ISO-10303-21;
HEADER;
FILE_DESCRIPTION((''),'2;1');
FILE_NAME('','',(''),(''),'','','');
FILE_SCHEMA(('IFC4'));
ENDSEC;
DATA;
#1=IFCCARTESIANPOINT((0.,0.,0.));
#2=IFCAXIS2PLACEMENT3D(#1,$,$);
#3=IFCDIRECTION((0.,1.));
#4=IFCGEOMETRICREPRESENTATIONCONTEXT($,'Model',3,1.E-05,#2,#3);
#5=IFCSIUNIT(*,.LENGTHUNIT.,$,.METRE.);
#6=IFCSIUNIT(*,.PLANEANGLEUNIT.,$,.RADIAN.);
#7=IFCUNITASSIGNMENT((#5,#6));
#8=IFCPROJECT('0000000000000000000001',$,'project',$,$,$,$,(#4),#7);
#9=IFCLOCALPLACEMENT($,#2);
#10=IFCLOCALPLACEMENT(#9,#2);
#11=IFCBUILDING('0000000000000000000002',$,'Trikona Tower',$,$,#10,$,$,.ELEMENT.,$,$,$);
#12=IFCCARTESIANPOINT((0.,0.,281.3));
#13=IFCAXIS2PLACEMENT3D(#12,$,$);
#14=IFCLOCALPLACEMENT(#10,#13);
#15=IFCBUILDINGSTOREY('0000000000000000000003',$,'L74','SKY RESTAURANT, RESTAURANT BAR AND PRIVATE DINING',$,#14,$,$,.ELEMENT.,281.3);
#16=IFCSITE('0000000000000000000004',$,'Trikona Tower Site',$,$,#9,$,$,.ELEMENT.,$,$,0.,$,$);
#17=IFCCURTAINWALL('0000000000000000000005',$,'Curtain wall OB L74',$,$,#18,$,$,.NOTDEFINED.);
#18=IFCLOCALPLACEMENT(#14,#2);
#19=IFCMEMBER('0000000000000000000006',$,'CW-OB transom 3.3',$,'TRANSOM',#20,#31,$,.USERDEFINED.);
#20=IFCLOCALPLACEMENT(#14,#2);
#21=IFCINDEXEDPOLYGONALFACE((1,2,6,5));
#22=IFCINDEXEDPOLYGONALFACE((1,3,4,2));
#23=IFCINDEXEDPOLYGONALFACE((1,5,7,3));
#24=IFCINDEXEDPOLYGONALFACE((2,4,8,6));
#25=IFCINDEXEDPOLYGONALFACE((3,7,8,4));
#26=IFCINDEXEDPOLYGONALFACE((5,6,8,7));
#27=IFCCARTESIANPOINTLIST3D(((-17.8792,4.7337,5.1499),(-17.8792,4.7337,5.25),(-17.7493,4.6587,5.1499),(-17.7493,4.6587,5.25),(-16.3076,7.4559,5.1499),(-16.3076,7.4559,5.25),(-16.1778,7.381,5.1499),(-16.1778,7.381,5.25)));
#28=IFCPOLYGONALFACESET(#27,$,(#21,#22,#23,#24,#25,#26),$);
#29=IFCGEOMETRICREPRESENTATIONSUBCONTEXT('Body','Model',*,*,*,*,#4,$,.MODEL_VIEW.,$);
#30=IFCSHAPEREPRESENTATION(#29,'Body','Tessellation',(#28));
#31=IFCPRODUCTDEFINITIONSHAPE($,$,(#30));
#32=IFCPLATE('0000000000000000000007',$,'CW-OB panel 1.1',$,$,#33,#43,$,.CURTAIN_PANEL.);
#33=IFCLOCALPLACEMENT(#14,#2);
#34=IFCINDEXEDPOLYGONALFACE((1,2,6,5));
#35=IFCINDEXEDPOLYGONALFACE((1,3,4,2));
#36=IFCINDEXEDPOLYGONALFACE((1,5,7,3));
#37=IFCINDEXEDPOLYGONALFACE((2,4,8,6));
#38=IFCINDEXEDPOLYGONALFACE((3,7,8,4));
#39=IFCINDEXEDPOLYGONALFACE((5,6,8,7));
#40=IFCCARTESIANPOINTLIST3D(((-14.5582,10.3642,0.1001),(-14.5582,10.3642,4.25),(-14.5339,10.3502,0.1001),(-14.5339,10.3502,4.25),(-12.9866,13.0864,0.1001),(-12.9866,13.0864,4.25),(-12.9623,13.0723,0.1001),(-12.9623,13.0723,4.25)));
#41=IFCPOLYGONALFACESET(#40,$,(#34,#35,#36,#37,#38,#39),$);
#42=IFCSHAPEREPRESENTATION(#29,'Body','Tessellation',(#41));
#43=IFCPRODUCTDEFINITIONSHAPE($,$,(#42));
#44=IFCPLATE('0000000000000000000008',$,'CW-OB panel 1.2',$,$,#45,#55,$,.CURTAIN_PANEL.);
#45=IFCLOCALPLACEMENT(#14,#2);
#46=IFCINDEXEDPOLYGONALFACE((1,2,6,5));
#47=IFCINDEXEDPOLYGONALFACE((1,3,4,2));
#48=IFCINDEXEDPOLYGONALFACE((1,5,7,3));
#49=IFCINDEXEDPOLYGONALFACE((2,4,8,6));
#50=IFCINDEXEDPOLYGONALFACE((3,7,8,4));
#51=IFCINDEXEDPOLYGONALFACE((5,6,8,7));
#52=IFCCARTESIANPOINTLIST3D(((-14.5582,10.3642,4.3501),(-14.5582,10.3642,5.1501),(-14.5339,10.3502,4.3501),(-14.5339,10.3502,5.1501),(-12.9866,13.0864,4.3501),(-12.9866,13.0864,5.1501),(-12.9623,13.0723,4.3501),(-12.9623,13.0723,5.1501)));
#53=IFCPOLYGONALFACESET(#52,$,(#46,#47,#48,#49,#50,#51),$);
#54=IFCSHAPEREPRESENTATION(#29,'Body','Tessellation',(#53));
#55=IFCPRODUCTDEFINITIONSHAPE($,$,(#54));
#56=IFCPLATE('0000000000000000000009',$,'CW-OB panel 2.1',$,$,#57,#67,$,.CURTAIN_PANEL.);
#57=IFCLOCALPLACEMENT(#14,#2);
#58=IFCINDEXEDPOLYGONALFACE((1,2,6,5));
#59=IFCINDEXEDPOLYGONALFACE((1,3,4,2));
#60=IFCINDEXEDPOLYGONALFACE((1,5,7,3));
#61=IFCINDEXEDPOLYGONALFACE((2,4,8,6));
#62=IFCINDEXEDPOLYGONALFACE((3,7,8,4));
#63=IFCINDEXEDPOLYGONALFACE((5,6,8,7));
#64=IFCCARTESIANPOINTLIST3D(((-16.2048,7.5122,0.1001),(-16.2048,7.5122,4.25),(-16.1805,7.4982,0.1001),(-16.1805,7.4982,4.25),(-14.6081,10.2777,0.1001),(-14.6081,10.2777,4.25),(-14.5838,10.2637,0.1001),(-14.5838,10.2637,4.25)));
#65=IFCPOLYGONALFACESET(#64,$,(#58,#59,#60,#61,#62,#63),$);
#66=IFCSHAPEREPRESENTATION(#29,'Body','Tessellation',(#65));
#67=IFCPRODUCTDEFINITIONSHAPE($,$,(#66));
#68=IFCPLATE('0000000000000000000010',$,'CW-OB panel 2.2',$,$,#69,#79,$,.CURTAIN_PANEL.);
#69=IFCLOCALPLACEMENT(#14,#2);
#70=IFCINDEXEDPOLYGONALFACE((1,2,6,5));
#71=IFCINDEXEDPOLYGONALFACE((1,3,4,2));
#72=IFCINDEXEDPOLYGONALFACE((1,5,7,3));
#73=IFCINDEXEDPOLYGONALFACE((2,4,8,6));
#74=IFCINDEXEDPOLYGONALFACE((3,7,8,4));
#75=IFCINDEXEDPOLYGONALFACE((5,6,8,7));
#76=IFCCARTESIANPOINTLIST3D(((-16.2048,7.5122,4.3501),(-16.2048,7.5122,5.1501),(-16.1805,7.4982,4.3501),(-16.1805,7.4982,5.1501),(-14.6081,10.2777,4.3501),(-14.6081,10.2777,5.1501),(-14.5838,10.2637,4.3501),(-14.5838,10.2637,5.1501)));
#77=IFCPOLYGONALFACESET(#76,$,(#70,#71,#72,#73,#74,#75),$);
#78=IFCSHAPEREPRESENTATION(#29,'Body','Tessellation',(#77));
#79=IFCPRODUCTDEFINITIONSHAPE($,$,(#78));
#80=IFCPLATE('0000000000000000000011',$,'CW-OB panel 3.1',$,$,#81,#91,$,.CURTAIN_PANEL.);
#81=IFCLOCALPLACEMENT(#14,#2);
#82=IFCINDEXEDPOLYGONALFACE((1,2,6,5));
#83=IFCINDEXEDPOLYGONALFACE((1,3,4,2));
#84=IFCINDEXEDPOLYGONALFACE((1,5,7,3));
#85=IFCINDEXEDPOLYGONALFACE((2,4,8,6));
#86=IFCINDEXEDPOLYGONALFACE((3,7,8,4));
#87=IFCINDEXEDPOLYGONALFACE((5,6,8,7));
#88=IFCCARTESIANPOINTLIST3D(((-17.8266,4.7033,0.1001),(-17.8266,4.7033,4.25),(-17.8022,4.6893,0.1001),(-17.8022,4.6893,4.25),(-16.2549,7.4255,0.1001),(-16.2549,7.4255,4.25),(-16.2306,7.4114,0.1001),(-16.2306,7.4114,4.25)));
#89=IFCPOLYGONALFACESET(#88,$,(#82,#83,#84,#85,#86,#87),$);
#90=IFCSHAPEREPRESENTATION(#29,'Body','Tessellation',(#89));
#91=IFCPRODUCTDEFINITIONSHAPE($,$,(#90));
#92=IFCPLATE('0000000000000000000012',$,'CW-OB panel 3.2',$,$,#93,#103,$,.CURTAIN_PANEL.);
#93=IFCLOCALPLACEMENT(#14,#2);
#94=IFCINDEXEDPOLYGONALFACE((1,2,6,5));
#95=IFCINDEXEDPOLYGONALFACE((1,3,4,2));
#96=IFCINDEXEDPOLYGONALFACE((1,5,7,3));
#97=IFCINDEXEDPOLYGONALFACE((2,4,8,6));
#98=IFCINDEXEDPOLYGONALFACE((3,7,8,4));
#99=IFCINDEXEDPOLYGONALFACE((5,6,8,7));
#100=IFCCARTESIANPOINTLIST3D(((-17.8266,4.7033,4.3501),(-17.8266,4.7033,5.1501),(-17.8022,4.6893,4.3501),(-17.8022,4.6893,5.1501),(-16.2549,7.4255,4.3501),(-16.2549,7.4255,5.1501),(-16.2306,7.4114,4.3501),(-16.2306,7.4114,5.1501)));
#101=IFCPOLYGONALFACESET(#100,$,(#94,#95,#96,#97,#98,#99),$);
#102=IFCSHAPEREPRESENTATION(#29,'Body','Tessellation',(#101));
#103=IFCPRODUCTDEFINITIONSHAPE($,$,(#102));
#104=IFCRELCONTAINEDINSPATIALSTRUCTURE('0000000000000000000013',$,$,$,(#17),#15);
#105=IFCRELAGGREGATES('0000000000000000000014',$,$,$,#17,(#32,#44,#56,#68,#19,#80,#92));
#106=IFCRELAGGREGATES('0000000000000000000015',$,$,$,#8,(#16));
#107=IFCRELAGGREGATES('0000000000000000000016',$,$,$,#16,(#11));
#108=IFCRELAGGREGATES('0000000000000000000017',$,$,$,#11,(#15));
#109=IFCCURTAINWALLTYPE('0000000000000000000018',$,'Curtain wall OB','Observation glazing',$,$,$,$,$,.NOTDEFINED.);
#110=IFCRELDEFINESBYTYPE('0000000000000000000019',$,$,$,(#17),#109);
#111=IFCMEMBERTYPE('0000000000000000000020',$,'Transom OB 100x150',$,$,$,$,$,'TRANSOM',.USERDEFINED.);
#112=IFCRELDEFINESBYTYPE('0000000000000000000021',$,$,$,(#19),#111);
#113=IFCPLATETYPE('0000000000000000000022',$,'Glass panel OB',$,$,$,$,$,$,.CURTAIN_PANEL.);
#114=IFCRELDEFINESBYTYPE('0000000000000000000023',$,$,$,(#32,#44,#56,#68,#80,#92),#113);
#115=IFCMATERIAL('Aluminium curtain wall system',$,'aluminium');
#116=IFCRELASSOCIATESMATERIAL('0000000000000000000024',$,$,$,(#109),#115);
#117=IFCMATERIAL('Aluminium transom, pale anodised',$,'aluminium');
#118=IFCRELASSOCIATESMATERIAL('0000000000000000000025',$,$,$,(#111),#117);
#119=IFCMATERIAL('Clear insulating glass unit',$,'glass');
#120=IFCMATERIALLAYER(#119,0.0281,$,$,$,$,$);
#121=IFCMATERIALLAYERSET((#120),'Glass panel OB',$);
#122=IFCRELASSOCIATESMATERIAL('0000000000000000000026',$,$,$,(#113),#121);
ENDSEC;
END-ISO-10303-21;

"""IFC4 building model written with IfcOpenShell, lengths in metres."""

from ifc_helpers import new_model, si_unit, direction, frame, origin, origin_2d, place, context, subcontext, project, spatial, rectangle, extrude, material, layer, layer_set, material_profile, profile_set, type_object, element, aggregate, save


model = new_model("IFC4")

# Units and contexts
model_context = context("Model", 3, precision=1e-05, world=origin(), true_north=direction((0.0, 1.0)))
body_context = subcontext(model_context, "Body", "Model", "MODEL_VIEW")
ifc_project = project(units=[si_unit("LENGTHUNIT", "METRE"), si_unit("PLANEANGLEUNIT", "RADIAN")], contexts=[model_context])

# Site, building, storey
site_placement = place(None, origin())
site = spatial("IfcSite", under=ifc_project, at=site_placement, Name="Trikona Tower Site", CompositionType="ELEMENT", RefElevation=0.0)
building_placement = place(site_placement, origin())
building = spatial("IfcBuilding", under=site, at=building_placement, Name="Trikona Tower", CompositionType="ELEMENT")
storey_placement = place(building_placement, frame((0.0, 0.0, 281.3)))
storey = spatial("IfcBuildingStorey", under=building, at=storey_placement, Name="L74", Description="SKY RESTAURANT, RESTAURANT BAR AND PRIVATE DINING", CompositionType="ELEMENT", Elevation=281.3)

# Curtain wall
ifc_material_1 = material(Name="Aluminium curtain wall system", Category="aluminium")
curtain_wall_type = type_object("IfcCurtainWallType", Name="Curtain wall OB", Description="Observation glazing", PredefinedType="NOTDEFINED", material=ifc_material_1)
curtain_wall_placement = place(storey_placement, origin())
curtain_wall = element("IfcCurtainWall", 1, at=curtain_wall_placement, inside=storey, type_object=curtain_wall_type, Name="Curtain wall OB L74", PredefinedType="NOTDEFINED")

# Member
ifc_material_2 = material(Name="Aluminium transom, pale anodised", Category="aluminium")
ifc_material_profile_1 = material_profile(ifc_material_2, rectangle(XDim=0.1499, YDim=0.1001, at=origin_2d()), Name="TRN-OB")
ifc_profile_set_1 = profile_set([ifc_material_profile_1], Name="Aluminium transom, pale anodised")
member_type_1 = type_object("IfcMemberType", Name="Transom OB 100x150", ElementType="TRANSOM", PredefinedType="USERDEFINED", material=ifc_profile_set_1)
member_1_placement = place(storey_placement, frame((-16.2427, 7.4185, 5.2), z_axis=(-0.499973, -0.866041, 0.0), x_axis=(0.866041, -0.499973, 0.0)))
member_1 = element("IfcMember", 2, at=member_1_placement, type_object=member_type_1, Name="CW-OB transom 3.3", ObjectType="TRANSOM", PredefinedType="USERDEFINED", context=body_context, shape_type="SweptSolid", body=[
    extrude(rectangle(XDim=0.1499, YDim=0.1001, at=origin_2d()), origin(), (0.0, 0.0, 1.0), 3.1433),
])

# Plates
ifc_material_3 = material(Name="Clear insulating glass unit", Category="glass")
ifc_layer_1 = layer(ifc_material_3, 0.0281)
ifc_layer_set_1 = layer_set([ifc_layer_1], Name="Glass panel OB")
plate_type = type_object("IfcPlateType", Name="Glass panel OB", PredefinedType="CURTAIN_PANEL", material=ifc_layer_set_1)
plate_1_placement = place(storey_placement, frame((-13.7603, 11.7183, 0.1001), z_axis=(0.0, 0.0, 1.0), x_axis=(-0.500006, -0.866022, 0.0)))
plate_1 = element("IfcPlate", 3, at=plate_1_placement, type_object=plate_type, Name="CW-OB panel 1.1", PredefinedType="CURTAIN_PANEL", context=body_context, shape_type="SweptSolid", body=[
    extrude(rectangle(XDim=3.1433, YDim=0.0281, at=origin_2d()), origin(), (0.0, 0.0, 1.0), 4.1499),
])
plate_2_placement = place(storey_placement, frame((-13.7603, 11.7183, 4.3501), z_axis=(0.0, 0.0, 1.0), x_axis=(-0.500006, -0.866022, 0.0)))
plate_2 = element("IfcPlate", 4, at=plate_2_placement, type_object=plate_type, Name="CW-OB panel 1.2", PredefinedType="CURTAIN_PANEL", context=body_context, shape_type="SweptSolid", body=[
    extrude(rectangle(XDim=3.1433, YDim=0.0281, at=origin_2d()), origin(), (0.0, 0.0, 1.0), 0.8),
])
plate_3_placement = place(storey_placement, frame((-15.3943, 8.8879, 0.1001), z_axis=(0.0, 0.0, 1.0), x_axis=(-0.500006, -0.866022, 0.0)))
plate_3 = element("IfcPlate", 5, at=plate_3_placement, type_object=plate_type, Name="CW-OB panel 2.1", PredefinedType="CURTAIN_PANEL", context=body_context, shape_type="SweptSolid", body=[
    extrude(rectangle(XDim=3.1934, YDim=0.0281, at=origin_2d()), origin(), (0.0, 0.0, 1.0), 4.1499),
])
plate_4_placement = place(storey_placement, frame((-15.3943, 8.8879, 4.3501), z_axis=(0.0, 0.0, 1.0), x_axis=(-0.500006, -0.866022, 0.0)))
plate_4 = element("IfcPlate", 6, at=plate_4_placement, type_object=plate_type, Name="CW-OB panel 2.2", PredefinedType="CURTAIN_PANEL", context=body_context, shape_type="SweptSolid", body=[
    extrude(rectangle(XDim=3.1934, YDim=0.0281, at=origin_2d()), origin(), (0.0, 0.0, 1.0), 0.8),
])
plate_5_placement = place(storey_placement, frame((-17.0286, 6.0574, 0.1001), z_axis=(0.0, 0.0, 1.0), x_axis=(-0.500006, -0.866022, 0.0)))
plate_5 = element("IfcPlate", 7, at=plate_5_placement, type_object=plate_type, Name="CW-OB panel 3.1", PredefinedType="CURTAIN_PANEL", context=body_context, shape_type="SweptSolid", body=[
    extrude(rectangle(XDim=3.1433, YDim=0.0281, at=origin_2d()), origin(), (0.0, 0.0, 1.0), 4.1499),
])
plate_6_placement = place(storey_placement, frame((-17.0286, 6.0574, 4.3501), z_axis=(0.0, 0.0, 1.0), x_axis=(-0.500006, -0.866022, 0.0)))
plate_6 = element("IfcPlate", 8, at=plate_6_placement, type_object=plate_type, Name="CW-OB panel 3.2", PredefinedType="CURTAIN_PANEL", context=body_context, shape_type="SweptSolid", body=[
    extrude(rectangle(XDim=3.1433, YDim=0.0281, at=origin_2d()), origin(), (0.0, 0.0, 1.0), 0.8),
])
aggregate(curtain_wall, [plate_1, plate_2, plate_3, plate_4, member_1, plate_5, plate_6])

save(model, "model.ifc")
